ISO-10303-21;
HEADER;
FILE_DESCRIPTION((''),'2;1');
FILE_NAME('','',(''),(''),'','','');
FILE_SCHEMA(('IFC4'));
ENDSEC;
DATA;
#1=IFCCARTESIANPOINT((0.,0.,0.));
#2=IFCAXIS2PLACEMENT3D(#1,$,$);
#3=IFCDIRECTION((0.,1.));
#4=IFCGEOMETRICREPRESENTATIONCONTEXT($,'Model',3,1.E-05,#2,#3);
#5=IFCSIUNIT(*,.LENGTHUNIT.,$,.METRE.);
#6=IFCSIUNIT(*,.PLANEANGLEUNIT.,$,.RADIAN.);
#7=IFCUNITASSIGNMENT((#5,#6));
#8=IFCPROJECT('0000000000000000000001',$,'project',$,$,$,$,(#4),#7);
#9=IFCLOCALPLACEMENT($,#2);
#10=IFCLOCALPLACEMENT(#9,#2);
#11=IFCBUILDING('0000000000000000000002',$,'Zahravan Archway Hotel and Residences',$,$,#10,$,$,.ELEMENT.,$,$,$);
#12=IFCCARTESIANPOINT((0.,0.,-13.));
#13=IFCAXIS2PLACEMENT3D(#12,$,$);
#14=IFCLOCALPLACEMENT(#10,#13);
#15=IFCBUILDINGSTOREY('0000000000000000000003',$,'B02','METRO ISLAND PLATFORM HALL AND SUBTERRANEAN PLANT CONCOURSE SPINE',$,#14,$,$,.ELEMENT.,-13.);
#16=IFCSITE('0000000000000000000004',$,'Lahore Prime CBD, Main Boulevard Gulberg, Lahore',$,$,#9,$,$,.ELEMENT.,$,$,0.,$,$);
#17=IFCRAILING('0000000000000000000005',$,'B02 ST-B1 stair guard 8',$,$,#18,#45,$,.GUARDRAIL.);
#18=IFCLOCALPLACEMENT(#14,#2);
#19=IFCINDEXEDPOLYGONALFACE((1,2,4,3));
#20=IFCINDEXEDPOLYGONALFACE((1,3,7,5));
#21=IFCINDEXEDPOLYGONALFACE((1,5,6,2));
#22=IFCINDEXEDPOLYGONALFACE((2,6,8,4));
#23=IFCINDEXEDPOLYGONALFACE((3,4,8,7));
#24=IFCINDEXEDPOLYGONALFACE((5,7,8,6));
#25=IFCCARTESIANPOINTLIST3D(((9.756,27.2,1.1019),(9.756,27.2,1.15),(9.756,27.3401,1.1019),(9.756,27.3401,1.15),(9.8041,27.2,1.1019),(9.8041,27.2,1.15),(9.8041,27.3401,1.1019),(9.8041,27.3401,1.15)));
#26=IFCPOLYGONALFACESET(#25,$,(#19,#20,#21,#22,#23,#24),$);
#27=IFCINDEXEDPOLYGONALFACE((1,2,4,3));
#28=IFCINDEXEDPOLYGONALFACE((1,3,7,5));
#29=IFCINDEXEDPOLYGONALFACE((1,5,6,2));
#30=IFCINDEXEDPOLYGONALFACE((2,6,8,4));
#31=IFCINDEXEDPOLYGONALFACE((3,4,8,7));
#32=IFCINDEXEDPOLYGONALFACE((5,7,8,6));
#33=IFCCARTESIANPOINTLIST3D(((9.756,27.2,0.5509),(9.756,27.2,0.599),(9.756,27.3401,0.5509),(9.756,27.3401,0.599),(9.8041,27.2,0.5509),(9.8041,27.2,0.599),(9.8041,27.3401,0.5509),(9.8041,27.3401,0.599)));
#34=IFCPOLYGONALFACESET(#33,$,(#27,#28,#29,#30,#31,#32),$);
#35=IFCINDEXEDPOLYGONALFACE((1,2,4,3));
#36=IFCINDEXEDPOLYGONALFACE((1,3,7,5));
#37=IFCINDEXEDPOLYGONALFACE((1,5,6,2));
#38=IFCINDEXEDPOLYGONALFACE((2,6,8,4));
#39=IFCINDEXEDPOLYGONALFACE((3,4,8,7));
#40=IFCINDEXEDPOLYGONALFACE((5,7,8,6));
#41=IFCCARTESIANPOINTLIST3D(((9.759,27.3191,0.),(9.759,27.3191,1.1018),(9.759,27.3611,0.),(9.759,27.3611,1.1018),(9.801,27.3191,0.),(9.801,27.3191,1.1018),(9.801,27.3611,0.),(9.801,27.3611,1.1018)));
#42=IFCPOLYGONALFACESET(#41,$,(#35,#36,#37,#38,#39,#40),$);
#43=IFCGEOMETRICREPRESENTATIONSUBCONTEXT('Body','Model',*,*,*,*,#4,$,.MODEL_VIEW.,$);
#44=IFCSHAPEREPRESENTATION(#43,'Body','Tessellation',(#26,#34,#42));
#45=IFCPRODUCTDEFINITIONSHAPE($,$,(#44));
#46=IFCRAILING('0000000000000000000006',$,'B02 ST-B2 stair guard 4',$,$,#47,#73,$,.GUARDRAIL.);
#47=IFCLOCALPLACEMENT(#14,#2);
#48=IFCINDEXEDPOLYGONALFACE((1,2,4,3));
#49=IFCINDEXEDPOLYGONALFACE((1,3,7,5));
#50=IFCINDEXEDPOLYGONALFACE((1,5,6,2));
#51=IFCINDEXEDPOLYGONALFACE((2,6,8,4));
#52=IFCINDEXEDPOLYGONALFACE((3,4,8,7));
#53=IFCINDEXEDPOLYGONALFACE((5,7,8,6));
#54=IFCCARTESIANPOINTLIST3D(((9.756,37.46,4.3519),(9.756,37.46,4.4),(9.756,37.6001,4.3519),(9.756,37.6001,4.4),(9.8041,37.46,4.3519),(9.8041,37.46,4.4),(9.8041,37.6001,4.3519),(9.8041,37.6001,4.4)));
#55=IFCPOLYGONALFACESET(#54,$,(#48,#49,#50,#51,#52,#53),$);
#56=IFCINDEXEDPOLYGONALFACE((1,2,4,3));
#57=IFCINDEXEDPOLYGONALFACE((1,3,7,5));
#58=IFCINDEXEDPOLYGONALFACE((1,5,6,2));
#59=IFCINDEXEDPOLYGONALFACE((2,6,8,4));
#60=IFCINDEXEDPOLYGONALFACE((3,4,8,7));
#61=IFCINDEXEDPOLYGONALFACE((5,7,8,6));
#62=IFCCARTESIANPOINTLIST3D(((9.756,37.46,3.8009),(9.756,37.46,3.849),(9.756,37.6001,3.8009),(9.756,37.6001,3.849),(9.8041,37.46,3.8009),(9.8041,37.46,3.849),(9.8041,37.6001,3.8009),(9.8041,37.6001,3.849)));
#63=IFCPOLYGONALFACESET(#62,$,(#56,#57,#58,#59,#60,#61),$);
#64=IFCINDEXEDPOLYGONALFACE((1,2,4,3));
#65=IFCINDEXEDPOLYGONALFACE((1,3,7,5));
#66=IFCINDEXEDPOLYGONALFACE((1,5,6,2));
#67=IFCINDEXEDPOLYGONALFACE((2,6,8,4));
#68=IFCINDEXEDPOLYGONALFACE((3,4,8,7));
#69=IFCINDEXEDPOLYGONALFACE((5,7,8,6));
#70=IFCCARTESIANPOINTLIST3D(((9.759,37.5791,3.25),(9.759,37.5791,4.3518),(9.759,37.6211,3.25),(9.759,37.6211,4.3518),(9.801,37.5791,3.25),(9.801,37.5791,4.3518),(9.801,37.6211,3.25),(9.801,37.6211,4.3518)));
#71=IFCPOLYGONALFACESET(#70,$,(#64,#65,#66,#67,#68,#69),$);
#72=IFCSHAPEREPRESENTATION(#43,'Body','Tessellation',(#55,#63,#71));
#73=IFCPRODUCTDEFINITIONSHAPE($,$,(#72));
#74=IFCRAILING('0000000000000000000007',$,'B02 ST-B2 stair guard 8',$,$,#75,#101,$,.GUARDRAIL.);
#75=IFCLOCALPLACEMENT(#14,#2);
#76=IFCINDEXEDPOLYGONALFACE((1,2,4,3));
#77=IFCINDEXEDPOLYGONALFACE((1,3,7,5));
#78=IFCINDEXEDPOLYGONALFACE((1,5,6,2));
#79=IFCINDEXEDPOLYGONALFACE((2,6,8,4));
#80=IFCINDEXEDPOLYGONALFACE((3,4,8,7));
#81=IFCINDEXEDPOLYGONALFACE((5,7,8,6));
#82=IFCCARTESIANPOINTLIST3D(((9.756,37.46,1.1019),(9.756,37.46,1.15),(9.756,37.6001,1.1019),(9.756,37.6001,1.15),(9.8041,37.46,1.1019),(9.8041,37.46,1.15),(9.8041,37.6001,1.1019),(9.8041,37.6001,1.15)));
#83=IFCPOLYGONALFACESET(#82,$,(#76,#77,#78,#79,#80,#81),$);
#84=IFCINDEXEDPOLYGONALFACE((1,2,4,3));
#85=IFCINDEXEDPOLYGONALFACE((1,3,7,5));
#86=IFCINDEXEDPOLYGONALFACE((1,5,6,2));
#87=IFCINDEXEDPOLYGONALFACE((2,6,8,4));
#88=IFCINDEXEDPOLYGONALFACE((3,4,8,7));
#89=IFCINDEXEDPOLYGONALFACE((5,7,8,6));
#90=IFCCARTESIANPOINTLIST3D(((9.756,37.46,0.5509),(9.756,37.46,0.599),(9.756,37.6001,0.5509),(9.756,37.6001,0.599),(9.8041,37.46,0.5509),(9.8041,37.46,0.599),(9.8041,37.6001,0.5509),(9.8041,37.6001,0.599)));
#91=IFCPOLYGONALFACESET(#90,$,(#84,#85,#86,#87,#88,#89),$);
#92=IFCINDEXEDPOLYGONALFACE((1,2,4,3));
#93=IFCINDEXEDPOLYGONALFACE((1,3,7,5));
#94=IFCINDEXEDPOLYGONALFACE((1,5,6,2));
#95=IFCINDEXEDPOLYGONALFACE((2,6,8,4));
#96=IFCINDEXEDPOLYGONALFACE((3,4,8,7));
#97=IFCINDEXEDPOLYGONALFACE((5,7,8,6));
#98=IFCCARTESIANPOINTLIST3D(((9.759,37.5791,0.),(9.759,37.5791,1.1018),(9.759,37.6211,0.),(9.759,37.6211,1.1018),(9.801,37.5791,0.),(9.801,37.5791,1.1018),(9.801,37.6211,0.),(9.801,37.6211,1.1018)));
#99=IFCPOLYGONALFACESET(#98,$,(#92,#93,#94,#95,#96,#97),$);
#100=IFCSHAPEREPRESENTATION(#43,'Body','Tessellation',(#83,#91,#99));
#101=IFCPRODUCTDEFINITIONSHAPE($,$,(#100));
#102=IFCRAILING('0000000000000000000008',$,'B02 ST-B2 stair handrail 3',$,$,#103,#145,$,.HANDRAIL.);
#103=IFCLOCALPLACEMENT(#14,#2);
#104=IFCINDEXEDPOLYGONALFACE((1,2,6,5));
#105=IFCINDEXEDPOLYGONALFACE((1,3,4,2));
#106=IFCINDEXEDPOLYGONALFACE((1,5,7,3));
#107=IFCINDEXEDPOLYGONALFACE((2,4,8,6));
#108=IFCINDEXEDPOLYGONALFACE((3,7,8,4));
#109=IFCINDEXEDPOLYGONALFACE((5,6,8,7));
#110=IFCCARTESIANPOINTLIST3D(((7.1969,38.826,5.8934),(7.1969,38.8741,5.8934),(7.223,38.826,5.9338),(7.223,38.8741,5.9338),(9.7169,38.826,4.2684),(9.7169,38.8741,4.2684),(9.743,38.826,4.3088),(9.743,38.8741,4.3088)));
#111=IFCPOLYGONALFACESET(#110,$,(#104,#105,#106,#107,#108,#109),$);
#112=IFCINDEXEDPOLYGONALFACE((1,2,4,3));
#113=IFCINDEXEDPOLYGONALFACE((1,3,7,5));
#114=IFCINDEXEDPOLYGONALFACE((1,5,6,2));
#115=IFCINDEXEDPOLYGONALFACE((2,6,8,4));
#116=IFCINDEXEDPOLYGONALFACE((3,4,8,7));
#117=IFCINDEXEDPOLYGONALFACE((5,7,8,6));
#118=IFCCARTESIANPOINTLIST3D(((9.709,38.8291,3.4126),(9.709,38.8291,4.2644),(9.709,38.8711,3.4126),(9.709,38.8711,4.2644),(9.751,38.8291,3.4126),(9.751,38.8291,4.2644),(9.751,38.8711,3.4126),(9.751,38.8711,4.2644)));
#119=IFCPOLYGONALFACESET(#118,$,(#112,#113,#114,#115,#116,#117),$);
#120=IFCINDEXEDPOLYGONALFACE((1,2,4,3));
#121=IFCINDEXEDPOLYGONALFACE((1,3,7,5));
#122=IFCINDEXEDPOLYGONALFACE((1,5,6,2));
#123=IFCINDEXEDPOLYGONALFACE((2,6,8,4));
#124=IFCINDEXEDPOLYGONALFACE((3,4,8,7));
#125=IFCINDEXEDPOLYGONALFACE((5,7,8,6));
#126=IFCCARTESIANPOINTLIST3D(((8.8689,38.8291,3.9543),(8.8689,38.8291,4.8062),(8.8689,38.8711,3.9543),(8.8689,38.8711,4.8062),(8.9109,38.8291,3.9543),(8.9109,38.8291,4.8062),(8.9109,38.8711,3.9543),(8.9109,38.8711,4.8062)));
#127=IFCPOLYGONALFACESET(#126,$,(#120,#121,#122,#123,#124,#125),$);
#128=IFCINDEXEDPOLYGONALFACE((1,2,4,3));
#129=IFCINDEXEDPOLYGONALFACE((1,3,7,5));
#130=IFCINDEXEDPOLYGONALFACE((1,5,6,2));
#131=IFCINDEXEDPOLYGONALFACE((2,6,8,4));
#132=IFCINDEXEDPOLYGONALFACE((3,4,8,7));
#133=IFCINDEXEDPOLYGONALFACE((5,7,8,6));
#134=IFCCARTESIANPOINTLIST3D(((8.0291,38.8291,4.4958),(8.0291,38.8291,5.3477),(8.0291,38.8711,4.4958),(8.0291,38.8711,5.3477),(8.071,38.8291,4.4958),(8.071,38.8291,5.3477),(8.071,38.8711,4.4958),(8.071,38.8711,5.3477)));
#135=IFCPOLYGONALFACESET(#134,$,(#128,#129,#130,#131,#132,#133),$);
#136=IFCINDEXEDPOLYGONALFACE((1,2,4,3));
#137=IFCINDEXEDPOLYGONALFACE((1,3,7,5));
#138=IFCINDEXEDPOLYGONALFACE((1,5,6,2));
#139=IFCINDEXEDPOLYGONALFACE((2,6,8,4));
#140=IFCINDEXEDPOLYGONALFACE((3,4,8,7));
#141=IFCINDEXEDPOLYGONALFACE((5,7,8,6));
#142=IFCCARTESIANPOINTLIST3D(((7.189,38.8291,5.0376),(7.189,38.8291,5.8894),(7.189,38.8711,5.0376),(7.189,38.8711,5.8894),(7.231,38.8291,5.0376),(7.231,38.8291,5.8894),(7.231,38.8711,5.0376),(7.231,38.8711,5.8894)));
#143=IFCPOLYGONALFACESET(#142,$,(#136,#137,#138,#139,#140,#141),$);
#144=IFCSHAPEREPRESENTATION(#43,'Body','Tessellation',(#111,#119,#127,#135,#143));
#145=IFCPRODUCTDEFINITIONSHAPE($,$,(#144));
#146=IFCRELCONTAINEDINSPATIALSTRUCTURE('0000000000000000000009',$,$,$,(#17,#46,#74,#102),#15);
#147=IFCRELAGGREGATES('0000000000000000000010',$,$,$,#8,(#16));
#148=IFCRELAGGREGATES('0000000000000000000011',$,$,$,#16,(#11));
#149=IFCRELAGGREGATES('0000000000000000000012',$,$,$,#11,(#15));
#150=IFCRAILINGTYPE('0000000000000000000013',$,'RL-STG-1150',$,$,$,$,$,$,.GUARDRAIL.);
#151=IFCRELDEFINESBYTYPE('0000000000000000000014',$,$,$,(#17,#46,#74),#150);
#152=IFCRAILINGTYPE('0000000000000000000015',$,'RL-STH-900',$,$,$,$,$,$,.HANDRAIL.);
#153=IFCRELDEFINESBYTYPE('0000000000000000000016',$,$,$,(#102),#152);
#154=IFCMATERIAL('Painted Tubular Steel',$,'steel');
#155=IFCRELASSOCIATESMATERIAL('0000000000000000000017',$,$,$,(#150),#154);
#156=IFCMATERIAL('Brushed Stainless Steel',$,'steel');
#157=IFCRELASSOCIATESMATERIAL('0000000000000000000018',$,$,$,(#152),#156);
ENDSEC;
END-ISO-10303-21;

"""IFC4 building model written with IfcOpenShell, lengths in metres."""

from ifc_helpers import new_model, si_unit, direction, frame, origin, origin_2d, place, context, subcontext, project, spatial, rectangle, extrude, material, type_object, element, save


model = new_model("IFC4")

# Units and contexts
model_context = context("Model", 3, precision=1e-05, world=origin(), true_north=direction((0.0, 1.0)))
body_context = subcontext(model_context, "Body", "Model", "MODEL_VIEW")
ifc_project = project(units=[si_unit("LENGTHUNIT", "METRE"), si_unit("PLANEANGLEUNIT", "RADIAN")], contexts=[model_context])

# Site, building, storey
site_placement = place(None, origin())
site = spatial("IfcSite", under=ifc_project, at=site_placement, Name="Lahore Prime CBD, Main Boulevard Gulberg, Lahore", CompositionType="ELEMENT", RefElevation=0.0)
building_placement = place(site_placement, origin())
building = spatial("IfcBuilding", under=site, at=building_placement, Name="Zahravan Archway Hotel and Residences", CompositionType="ELEMENT")
storey_placement = place(building_placement, frame((0.0, 0.0, -13.0)))
storey = spatial("IfcBuildingStorey", under=building, at=storey_placement, Name="B02", Description="METRO ISLAND PLATFORM HALL AND SUBTERRANEAN PLANT CONCOURSE SPINE", CompositionType="ELEMENT", Elevation=-13.0)

# Railings
ifc_material_1 = material(Name="Painted Tubular Steel", Category="steel")
railing_type_1 = type_object("IfcRailingType", Name="RL-STG-1150", PredefinedType="GUARDRAIL", material=ifc_material_1)
for number, where, name in (
    (1, (9.78, 27.3401, 0.0), "B02 ST-B1 stair guard 8"),
    (2, (9.78, 37.6001, 3.25), "B02 ST-B2 stair guard 4"),
    (3, (9.78, 37.6001, 0.0), "B02 ST-B2 stair guard 8"),
):
    element("IfcRailing", number, at=place(storey_placement, frame(where)), inside=storey, type_object=railing_type_1, Name=name, PredefinedType="GUARDRAIL", context=body_context, shape_type="SweptSolid", body=[
        extrude(rectangle(XDim=0.0481, YDim=0.0481, at=origin_2d()), frame((0.0, 0.0, 1.126), z_axis=(0.0, -1.0, 0.0), x_axis=(1.0, 0.0, 0.0)), (0.0, 0.0, 1.0), 0.1401),
        extrude(rectangle(XDim=0.0481, YDim=0.0481, at=origin_2d()), frame((0.0, 0.0, 0.575), z_axis=(0.0, -1.0, 0.0), x_axis=(1.0, 0.0, 0.0)), (0.0, 0.0, 1.0), 0.1401),
        extrude(rectangle(XDim=0.042, YDim=0.042, at=origin_2d()), origin(), (0.0, 0.0, 1.0), 1.1018),
    ])
ifc_material_2 = material(Name="Brushed Stainless Steel", Category="steel")
railing_type_2 = type_object("IfcRailingType", Name="RL-STH-900", PredefinedType="HANDRAIL", material=ifc_material_2)
railing_placement = place(storey_placement, frame((9.73, 38.8501, 3.4126)))
element("IfcRailing", 4, at=railing_placement, inside=storey, type_object=railing_type_2, Name="B02 ST-B2 stair handrail 3", PredefinedType="HANDRAIL", context=body_context, shape_type="SweptSolid", body=[
    extrude(rectangle(XDim=0.0481, YDim=0.0481, at=origin_2d()), frame((0.0, 0.0, 0.876), z_axis=(-0.840421, 0.0, 0.541934), x_axis=(0.0, -1.0, 0.0)), (0.0, 0.0, 1.0), 2.9985),
    extrude(rectangle(XDim=0.042, YDim=0.042, at=origin_2d()), origin(), (0.0, 0.0, 1.0), 0.8518),
    extrude(rectangle(XDim=0.042, YDim=0.042, at=origin_2d()), frame((-0.8401, 0.0, 0.5417)), (0.0, 0.0, 1.0), 0.8518),
    extrude(rectangle(XDim=0.042, YDim=0.042, at=origin_2d()), frame((-1.6799, 0.0, 1.0833)), (0.0, 0.0, 1.0), 0.8518),
    extrude(rectangle(XDim=0.042, YDim=0.042, at=origin_2d()), frame((-2.52, 0.0, 1.625)), (0.0, 0.0, 1.0), 0.8518),
])

save(model, "model.ifc")
